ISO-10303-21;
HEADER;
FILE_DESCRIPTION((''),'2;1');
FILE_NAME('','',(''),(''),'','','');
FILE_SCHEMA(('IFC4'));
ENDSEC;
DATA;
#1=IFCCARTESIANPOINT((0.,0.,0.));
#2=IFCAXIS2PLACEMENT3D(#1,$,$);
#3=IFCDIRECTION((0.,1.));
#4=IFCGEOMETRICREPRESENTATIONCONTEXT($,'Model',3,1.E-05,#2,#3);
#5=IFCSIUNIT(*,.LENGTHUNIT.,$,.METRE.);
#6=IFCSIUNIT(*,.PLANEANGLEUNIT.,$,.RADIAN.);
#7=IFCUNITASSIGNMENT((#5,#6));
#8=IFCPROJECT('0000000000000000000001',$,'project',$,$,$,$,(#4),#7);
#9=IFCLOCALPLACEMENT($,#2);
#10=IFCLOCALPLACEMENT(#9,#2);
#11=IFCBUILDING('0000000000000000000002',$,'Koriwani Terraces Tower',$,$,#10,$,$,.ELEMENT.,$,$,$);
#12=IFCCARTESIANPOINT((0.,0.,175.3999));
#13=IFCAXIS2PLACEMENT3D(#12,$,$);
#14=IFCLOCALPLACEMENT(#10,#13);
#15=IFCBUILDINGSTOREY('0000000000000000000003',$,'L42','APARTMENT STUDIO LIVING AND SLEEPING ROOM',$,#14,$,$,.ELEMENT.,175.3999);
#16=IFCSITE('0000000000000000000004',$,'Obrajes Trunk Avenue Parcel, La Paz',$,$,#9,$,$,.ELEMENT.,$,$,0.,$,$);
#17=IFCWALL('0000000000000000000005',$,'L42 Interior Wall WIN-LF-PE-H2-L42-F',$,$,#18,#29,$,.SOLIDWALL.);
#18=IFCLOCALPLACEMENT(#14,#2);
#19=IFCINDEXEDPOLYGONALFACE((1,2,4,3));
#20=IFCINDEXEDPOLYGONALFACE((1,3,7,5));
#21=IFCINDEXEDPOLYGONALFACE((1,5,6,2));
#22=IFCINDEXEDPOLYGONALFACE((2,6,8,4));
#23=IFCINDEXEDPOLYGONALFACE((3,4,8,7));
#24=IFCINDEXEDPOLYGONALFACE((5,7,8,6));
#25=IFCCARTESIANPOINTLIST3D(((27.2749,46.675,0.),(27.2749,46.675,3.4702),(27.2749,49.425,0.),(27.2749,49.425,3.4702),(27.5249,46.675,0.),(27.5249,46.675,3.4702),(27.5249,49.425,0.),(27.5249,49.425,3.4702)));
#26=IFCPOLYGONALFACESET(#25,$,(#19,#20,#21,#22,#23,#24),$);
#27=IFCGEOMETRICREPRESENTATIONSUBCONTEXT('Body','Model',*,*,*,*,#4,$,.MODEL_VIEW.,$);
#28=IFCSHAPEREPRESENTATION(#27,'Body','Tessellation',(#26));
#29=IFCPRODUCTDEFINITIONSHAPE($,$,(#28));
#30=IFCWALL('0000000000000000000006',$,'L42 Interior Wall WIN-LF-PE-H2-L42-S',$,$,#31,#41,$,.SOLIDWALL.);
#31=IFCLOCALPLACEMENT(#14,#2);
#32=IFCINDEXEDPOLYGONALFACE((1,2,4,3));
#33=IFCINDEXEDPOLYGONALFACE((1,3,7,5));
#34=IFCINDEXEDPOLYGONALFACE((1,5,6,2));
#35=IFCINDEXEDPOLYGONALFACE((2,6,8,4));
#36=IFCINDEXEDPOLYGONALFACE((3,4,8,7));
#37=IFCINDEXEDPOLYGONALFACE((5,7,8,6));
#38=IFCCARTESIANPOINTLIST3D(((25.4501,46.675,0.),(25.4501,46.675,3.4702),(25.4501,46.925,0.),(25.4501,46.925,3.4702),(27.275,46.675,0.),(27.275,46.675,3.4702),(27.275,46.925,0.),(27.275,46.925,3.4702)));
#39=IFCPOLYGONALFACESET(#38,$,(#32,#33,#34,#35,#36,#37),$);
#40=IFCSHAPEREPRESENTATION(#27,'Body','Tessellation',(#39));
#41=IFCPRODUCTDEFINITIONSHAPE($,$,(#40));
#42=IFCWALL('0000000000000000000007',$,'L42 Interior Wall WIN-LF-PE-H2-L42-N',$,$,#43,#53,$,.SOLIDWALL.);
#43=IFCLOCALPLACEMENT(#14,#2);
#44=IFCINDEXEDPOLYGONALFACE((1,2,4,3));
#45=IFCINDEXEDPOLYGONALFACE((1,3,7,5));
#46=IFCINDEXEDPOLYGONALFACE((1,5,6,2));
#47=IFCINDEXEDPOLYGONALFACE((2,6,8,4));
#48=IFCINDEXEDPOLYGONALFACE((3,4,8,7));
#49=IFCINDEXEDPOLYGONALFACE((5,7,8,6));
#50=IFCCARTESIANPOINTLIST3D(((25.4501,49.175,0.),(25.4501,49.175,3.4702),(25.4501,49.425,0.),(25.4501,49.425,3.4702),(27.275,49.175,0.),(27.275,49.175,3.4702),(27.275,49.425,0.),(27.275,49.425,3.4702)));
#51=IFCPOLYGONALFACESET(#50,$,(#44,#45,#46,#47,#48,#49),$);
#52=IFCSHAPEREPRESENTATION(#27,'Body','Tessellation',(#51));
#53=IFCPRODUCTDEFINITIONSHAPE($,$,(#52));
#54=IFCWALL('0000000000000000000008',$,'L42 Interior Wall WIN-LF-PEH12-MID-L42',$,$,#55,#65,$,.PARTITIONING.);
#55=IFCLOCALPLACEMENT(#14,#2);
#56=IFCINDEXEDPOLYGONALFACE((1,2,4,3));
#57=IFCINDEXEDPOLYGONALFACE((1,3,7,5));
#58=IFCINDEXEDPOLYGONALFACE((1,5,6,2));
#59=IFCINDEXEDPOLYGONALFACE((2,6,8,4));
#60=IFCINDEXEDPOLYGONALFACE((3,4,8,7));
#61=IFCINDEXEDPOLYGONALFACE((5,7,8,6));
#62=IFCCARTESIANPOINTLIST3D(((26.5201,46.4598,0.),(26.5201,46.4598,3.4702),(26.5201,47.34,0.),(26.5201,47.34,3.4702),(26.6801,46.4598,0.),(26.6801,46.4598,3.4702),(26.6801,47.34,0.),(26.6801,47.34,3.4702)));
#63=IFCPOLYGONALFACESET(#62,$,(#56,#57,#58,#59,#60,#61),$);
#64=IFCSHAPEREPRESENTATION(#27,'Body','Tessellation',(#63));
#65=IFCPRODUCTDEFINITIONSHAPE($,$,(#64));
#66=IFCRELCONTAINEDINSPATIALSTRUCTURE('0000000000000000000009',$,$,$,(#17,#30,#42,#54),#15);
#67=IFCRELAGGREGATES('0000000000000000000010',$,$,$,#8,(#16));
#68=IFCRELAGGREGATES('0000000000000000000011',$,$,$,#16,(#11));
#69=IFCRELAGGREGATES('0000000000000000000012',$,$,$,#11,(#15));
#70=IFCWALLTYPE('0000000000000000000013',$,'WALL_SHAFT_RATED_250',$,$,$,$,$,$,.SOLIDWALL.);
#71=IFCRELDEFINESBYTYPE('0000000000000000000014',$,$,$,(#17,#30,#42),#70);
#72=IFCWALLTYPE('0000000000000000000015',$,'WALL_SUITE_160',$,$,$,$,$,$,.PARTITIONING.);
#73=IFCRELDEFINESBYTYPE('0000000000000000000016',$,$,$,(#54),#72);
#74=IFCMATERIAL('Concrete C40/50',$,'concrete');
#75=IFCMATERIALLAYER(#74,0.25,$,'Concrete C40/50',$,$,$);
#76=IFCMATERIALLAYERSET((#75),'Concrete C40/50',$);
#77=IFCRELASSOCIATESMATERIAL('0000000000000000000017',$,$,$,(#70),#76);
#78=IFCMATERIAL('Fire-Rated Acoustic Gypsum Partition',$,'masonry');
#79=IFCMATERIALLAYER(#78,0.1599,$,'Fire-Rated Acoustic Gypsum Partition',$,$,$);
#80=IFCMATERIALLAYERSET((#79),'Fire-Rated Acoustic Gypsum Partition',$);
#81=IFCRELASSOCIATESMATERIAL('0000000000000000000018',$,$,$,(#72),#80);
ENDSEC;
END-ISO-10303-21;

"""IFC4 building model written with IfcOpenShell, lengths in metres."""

from ifc_helpers import new_model, si_unit, direction, frame, frame_2d, origin, place, context, subcontext, project, spatial, rectangle, extrude, material, layer, layer_set, type_object, element, save


model = new_model("IFC4")

# Units and contexts
model_context = context("Model", 3, precision=1e-05, world=origin(), true_north=direction((0.0, 1.0)))
body_context = subcontext(model_context, "Body", "Model", "MODEL_VIEW")
ifc_project = project(units=[si_unit("LENGTHUNIT", "METRE"), si_unit("PLANEANGLEUNIT", "RADIAN")], contexts=[model_context])

# Site, building, storey
site_placement = place(None, origin())
site = spatial("IfcSite", under=ifc_project, at=site_placement, Name="Obrajes Trunk Avenue Parcel, La Paz", CompositionType="ELEMENT", RefElevation=0.0)
building_placement = place(site_placement, origin())
building = spatial("IfcBuilding", under=site, at=building_placement, Name="Koriwani Terraces Tower", CompositionType="ELEMENT")
storey_placement = place(building_placement, frame((0.0, 0.0, 175.3999)))
storey = spatial("IfcBuildingStorey", under=building, at=storey_placement, Name="L42", Description="APARTMENT STUDIO LIVING AND SLEEPING ROOM", CompositionType="ELEMENT", Elevation=175.3999)

# Shared definitions
ifc_material_1 = material(Name="Concrete C40/50", Category="concrete")
ifc_layer_1 = layer(ifc_material_1, 0.25, Name="Concrete C40/50")
ifc_layer_set_1 = layer_set([ifc_layer_1], Name="Concrete C40/50")
wall_type_1 = type_object("IfcWallType", Name="WALL_SHAFT_RATED_250", PredefinedType="SOLIDWALL", material=ifc_layer_set_1)

# Walls
wall_1_placement = place(storey_placement, frame((27.3999, 46.675, 0.0), z_axis=(0.0, 0.0, 1.0), x_axis=(0.0, 1.0, 0.0)))
element("IfcWall", 1, at=wall_1_placement, inside=storey, type_object=wall_type_1, Name="L42 Interior Wall WIN-LF-PE-H2-L42-F", PredefinedType="SOLIDWALL", context=body_context, shape_type="SweptSolid", body=[
    extrude(rectangle(XDim=2.75, YDim=0.25, at=frame_2d((1.375, 0.0))), origin(), (0.0, 0.0, 1.0), 3.4702),
])
for number, where, z_axis, x_axis, name in (
    (2, (25.45, 46.8, 0.0), (0.0, 0.0, 1.0), (1.0, 0.0, 0.0), "L42 Interior Wall WIN-LF-PE-H2-L42-S"),
    (3, (25.45, 49.3, 0.0), (0.0, 0.0, 1.0), (1.0, 0.0, 0.0), "L42 Interior Wall WIN-LF-PE-H2-L42-N"),
):
    element("IfcWall", number, at=place(storey_placement, frame(where, z_axis=z_axis, x_axis=x_axis)), inside=storey, type_object=wall_type_1, Name=name, PredefinedType="SOLIDWALL", context=body_context, shape_type="SweptSolid", body=[
        extrude(rectangle(XDim=1.825, YDim=0.25, at=frame_2d((0.9126, 0.0))), origin(), (0.0, 0.0, 1.0), 3.4702),
    ])
ifc_material_2 = material(Name="Fire-Rated Acoustic Gypsum Partition", Category="masonry")
ifc_layer_2 = layer(ifc_material_2, 0.1599, Name="Fire-Rated Acoustic Gypsum Partition")
ifc_layer_set_2 = layer_set([ifc_layer_2], Name="Fire-Rated Acoustic Gypsum Partition")
wall_type_2 = type_object("IfcWallType", Name="WALL_SUITE_160", PredefinedType="PARTITIONING", material=ifc_layer_set_2)
wall_2_placement = place(storey_placement, frame((26.6001, 46.46, 0.0), z_axis=(0.0, 0.0, 1.0), x_axis=(0.0, 1.0, 0.0)))
element("IfcWall", 4, at=wall_2_placement, inside=storey, type_object=wall_type_2, Name="L42 Interior Wall WIN-LF-PEH12-MID-L42", PredefinedType="PARTITIONING", context=body_context, shape_type="SweptSolid", body=[
    extrude(rectangle(XDim=0.8801, YDim=0.1599, at=frame_2d((0.4399, 0.0))), origin(), (0.0, 0.0, 1.0), 3.4702),
])

save(model, "model.ifc")
